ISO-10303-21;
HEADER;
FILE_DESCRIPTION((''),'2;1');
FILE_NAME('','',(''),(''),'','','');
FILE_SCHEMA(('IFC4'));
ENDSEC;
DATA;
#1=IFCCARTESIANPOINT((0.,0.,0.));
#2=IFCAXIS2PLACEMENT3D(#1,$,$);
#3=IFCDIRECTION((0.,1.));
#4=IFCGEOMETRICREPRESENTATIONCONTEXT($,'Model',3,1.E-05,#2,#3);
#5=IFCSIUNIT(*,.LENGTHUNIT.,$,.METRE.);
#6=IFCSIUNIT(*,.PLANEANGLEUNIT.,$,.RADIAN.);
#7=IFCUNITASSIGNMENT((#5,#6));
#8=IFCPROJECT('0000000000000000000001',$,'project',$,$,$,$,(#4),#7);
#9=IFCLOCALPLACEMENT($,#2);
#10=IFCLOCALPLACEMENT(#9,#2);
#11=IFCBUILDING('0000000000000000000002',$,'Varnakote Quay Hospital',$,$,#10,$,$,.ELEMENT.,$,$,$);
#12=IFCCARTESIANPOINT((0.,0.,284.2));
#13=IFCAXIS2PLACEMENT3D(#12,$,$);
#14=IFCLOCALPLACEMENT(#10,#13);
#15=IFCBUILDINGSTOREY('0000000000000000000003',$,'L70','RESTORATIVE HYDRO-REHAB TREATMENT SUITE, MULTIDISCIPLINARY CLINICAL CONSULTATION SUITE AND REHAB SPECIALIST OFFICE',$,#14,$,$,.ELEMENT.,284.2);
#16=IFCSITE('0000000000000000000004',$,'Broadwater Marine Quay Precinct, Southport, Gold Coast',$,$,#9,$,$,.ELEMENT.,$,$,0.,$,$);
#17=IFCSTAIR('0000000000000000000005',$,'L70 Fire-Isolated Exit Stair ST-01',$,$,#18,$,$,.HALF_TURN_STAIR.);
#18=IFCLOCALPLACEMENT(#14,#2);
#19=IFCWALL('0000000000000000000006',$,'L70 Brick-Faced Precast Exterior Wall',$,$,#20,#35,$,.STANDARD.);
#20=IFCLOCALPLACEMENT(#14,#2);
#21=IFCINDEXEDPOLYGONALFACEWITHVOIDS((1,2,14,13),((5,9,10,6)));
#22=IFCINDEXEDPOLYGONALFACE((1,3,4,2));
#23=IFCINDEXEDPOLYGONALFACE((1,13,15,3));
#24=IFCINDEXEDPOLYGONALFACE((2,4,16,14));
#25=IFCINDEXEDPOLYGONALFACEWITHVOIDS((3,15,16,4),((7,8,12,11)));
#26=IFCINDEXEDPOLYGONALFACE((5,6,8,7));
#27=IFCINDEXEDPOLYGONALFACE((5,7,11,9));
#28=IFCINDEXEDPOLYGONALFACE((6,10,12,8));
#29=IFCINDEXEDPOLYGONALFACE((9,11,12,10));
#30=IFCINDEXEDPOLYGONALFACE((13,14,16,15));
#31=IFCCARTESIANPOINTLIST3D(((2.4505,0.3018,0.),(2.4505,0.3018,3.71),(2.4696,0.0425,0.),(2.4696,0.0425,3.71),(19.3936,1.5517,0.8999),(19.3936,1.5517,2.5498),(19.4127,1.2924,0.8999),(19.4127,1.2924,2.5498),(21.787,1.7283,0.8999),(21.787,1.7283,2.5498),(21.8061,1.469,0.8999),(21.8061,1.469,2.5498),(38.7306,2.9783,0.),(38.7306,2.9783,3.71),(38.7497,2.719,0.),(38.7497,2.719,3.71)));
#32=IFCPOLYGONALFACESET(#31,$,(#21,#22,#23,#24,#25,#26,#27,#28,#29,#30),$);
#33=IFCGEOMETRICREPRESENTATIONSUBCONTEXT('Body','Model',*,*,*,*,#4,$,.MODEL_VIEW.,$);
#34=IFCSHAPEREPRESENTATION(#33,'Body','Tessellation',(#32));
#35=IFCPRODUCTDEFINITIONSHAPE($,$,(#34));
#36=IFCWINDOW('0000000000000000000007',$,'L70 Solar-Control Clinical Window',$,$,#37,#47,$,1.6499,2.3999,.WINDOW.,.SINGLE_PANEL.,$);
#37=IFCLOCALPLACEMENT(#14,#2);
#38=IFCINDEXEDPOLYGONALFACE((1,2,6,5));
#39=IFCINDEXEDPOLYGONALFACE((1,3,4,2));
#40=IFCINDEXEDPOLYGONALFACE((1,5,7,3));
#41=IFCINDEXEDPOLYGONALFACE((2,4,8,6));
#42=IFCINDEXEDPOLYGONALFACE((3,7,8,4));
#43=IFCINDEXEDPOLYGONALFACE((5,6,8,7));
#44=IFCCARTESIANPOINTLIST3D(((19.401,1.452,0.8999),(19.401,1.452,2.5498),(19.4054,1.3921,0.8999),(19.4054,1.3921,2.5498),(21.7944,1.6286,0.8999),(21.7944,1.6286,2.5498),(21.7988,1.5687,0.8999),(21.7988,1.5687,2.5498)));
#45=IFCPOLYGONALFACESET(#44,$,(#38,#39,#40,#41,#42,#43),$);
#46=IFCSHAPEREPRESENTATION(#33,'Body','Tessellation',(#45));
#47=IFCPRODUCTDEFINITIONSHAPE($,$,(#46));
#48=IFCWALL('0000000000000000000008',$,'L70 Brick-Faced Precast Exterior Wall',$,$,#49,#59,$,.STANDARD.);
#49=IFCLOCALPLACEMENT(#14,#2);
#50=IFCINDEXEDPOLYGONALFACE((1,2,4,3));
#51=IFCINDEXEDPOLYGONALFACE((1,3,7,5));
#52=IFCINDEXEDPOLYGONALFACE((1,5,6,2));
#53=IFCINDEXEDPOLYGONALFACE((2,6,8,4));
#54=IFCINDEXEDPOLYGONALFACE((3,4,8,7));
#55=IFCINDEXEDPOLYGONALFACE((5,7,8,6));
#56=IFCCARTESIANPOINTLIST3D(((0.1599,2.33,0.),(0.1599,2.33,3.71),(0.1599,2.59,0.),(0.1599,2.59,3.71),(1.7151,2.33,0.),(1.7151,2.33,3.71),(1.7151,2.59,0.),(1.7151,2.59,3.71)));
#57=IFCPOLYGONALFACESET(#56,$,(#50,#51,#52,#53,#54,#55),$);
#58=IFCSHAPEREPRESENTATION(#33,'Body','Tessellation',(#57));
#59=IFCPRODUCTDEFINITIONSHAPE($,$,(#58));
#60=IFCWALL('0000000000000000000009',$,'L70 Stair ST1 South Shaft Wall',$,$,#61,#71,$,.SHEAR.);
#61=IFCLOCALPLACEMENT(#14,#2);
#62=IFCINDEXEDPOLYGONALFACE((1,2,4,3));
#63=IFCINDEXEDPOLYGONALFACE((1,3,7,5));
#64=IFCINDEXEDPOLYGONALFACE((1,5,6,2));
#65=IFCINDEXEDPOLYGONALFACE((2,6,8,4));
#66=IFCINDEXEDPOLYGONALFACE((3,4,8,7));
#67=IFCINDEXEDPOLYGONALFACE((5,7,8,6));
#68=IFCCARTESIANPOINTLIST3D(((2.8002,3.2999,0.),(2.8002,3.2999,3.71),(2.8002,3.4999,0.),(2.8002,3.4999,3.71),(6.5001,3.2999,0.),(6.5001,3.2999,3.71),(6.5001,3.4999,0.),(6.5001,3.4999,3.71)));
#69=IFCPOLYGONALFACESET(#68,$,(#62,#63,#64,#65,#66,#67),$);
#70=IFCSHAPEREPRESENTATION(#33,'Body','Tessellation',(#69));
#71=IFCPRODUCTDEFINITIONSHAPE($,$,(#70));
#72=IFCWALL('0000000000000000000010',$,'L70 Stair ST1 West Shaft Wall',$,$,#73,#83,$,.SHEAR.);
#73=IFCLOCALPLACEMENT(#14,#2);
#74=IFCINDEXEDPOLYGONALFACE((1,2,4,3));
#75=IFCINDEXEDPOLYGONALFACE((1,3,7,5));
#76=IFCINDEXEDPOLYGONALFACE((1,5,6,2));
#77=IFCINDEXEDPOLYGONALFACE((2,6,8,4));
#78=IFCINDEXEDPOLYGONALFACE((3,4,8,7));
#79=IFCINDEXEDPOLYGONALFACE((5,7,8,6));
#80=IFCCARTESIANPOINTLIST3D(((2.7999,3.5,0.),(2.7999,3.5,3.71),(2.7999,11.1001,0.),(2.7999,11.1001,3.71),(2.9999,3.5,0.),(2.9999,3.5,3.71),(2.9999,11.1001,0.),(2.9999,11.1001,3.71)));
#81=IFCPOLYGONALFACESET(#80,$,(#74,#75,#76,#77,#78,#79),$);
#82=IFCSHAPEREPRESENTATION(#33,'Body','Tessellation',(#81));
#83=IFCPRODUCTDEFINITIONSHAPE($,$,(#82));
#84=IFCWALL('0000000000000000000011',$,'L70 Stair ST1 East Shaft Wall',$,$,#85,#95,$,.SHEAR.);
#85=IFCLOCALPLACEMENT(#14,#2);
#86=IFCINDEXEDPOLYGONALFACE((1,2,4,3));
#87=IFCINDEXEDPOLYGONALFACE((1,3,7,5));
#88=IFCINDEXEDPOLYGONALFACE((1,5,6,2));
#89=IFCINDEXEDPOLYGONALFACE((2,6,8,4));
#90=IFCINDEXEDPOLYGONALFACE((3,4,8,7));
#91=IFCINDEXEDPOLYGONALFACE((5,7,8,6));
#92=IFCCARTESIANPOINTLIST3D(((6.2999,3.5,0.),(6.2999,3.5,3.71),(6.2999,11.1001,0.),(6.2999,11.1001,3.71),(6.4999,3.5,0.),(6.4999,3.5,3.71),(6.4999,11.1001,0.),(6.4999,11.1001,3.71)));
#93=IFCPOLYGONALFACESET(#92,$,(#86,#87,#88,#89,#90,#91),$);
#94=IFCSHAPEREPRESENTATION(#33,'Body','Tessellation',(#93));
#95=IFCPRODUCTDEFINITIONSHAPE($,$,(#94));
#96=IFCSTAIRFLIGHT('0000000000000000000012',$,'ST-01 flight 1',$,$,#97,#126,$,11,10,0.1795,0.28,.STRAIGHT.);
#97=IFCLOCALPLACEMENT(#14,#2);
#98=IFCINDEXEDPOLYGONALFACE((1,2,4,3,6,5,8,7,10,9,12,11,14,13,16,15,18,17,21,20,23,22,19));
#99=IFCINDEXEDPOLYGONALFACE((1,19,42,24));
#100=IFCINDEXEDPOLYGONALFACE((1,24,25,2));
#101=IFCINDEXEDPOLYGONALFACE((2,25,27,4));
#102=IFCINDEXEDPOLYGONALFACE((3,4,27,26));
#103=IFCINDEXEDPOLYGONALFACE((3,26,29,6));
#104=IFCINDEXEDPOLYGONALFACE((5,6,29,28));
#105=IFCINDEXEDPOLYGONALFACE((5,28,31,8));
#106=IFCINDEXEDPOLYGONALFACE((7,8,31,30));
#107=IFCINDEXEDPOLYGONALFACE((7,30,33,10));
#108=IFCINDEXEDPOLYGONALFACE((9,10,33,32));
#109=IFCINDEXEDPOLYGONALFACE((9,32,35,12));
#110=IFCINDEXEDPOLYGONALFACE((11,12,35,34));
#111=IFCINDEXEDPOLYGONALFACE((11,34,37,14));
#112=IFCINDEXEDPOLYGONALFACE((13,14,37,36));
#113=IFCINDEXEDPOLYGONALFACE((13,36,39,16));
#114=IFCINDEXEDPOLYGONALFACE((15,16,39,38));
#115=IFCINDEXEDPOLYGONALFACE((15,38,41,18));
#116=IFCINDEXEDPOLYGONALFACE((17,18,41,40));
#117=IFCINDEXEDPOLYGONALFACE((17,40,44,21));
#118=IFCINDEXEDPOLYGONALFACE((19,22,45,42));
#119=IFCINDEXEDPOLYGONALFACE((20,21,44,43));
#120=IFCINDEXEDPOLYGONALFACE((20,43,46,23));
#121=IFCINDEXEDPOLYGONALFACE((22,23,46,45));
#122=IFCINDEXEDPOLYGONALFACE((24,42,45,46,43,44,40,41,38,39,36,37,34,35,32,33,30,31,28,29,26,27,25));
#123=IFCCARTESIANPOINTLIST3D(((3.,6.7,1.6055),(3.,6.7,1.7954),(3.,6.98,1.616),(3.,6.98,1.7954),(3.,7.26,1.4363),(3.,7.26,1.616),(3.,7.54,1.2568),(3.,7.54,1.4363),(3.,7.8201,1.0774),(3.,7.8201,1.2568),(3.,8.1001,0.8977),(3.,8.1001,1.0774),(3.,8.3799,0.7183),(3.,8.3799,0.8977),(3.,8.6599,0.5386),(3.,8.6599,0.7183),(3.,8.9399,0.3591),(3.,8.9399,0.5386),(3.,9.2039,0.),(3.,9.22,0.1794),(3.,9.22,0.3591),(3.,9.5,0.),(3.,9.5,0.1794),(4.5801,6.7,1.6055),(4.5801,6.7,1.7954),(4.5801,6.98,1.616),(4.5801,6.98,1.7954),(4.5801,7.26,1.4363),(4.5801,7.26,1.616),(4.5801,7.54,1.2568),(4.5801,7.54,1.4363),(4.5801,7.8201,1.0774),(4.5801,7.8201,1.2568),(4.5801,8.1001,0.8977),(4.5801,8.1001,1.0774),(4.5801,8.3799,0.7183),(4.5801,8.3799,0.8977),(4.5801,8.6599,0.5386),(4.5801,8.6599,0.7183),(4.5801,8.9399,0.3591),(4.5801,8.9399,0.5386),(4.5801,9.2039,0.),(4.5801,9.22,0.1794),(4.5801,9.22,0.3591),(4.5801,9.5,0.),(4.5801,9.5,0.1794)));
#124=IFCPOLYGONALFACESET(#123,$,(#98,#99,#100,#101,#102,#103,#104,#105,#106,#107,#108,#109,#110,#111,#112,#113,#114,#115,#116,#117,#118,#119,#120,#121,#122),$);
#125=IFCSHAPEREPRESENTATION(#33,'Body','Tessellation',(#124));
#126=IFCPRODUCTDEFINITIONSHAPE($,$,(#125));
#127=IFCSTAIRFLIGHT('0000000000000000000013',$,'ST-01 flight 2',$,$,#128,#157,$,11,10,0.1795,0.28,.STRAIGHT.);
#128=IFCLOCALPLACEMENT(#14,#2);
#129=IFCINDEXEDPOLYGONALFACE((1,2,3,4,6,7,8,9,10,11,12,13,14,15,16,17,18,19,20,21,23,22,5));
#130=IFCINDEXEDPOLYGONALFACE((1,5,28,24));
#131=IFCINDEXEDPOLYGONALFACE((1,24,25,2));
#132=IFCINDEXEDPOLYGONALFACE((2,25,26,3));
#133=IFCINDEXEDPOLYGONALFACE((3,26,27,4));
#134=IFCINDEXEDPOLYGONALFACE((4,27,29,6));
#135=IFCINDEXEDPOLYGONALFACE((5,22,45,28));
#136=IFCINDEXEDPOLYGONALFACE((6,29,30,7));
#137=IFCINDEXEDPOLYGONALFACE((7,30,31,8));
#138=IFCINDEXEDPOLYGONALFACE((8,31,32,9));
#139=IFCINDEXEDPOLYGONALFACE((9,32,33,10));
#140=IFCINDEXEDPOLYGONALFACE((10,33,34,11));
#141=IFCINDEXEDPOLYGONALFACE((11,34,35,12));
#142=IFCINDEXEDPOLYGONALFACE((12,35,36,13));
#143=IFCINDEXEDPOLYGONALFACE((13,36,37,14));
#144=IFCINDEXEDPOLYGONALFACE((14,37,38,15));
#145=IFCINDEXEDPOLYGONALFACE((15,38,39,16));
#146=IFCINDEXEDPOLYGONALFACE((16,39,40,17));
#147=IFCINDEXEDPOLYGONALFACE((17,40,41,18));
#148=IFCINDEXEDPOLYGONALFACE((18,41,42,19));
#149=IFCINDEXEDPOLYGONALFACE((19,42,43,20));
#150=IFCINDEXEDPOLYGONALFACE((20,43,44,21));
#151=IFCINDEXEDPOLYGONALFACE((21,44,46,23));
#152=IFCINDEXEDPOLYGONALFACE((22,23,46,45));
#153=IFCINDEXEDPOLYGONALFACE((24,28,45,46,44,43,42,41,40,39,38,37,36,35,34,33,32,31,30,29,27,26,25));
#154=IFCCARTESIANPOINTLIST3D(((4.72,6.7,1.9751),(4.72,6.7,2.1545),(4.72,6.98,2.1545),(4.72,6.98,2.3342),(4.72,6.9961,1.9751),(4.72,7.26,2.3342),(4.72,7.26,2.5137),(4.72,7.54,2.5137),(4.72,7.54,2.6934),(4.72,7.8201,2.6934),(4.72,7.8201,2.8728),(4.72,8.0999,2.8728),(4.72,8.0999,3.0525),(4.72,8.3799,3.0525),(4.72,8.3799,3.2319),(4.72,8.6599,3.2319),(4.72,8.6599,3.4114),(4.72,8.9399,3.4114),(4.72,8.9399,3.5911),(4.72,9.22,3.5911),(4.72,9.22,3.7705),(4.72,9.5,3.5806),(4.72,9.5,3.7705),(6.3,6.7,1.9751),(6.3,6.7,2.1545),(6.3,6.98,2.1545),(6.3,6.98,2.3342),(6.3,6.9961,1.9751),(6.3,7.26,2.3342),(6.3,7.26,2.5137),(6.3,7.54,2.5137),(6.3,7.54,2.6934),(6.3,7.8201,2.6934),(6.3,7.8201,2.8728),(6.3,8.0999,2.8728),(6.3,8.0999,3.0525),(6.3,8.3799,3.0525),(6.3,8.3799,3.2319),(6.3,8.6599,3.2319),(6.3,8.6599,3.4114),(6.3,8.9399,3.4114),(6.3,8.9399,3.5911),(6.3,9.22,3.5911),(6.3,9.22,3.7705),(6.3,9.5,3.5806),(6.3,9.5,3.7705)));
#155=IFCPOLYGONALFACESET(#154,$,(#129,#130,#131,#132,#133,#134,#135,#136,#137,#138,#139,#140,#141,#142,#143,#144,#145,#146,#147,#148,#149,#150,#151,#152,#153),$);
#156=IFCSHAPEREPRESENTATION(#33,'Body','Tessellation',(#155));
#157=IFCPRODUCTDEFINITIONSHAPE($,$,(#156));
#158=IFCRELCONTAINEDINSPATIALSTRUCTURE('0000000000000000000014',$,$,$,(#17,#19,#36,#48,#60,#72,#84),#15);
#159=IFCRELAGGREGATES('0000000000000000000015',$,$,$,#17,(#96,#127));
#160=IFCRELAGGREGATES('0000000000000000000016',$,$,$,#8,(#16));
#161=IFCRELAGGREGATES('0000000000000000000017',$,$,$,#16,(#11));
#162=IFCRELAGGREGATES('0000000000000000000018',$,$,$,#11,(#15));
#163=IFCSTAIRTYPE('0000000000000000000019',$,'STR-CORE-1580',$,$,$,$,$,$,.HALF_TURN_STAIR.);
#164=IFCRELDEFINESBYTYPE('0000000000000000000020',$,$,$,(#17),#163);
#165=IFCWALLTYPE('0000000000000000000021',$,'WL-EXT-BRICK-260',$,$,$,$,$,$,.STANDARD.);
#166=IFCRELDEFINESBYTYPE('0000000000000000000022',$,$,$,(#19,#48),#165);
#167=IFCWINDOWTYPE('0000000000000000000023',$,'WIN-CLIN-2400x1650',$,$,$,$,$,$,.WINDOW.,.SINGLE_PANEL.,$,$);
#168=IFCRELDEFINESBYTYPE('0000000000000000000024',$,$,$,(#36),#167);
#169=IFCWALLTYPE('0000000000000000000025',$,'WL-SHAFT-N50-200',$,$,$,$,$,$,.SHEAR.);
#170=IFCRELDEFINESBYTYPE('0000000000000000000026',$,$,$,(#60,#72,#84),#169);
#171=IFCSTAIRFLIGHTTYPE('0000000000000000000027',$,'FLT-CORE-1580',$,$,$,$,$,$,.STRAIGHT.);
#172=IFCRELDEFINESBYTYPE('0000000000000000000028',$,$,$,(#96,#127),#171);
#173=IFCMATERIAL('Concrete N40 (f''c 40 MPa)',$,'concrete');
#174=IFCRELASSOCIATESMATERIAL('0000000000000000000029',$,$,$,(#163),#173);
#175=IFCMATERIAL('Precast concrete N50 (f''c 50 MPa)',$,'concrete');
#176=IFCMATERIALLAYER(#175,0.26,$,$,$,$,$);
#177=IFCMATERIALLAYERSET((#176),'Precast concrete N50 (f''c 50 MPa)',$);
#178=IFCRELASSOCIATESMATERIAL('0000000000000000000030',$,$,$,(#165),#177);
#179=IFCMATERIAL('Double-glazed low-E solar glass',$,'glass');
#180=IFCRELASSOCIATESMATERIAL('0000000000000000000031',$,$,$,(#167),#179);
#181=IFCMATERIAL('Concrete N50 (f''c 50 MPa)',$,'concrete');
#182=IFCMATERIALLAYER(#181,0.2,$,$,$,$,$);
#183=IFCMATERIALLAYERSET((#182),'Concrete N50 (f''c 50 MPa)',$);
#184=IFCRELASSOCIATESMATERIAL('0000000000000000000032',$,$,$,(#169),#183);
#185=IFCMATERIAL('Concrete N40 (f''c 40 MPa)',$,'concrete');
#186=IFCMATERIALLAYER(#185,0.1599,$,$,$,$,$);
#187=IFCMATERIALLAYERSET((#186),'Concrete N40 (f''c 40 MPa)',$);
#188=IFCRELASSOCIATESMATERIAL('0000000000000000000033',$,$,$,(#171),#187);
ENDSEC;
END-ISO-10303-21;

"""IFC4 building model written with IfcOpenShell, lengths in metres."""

from ifc_helpers import new_model, si_unit, direction, frame, frame_2d, origin, place, context, subcontext, project, spatial, polyline, rectangle, outline, extrude, material, layer, layer_set, type_object, element, fill, aggregate, save


model = new_model("IFC4")

# Units and contexts
model_context = context("Model", 3, precision=1e-05, world=origin(), true_north=direction((0.0, 1.0)))
body_context = subcontext(model_context, "Body", "Model", "MODEL_VIEW")
ifc_project = project(units=[si_unit("LENGTHUNIT", "METRE"), si_unit("PLANEANGLEUNIT", "RADIAN")], contexts=[model_context])

# Site, building, storey
site_placement = place(None, origin())
site = spatial("IfcSite", under=ifc_project, at=site_placement, Name="Broadwater Marine Quay Precinct, Southport, Gold Coast", CompositionType="ELEMENT", RefElevation=0.0)
building_placement = place(site_placement, origin())
building = spatial("IfcBuilding", under=site, at=building_placement, Name="Varnakote Quay Hospital", CompositionType="ELEMENT")
storey_placement = place(building_placement, frame((0.0, 0.0, 284.2)))
storey = spatial("IfcBuildingStorey", under=building, at=storey_placement, Name="L70", Description="RESTORATIVE HYDRO-REHAB TREATMENT SUITE, MULTIDISCIPLINARY CLINICAL CONSULTATION SUITE AND REHAB SPECIALIST OFFICE", CompositionType="ELEMENT", Elevation=284.2)

# Stair
ifc_material_1 = material(Name="Concrete N40 (f'c 40 MPa)", Category="concrete")
stair_type = type_object("IfcStairType", Name="STR-CORE-1580", PredefinedType="HALF_TURN_STAIR", material=ifc_material_1)
stair_1_placement = place(storey_placement, origin())
stair_1 = element("IfcStair", 1, at=stair_1_placement, inside=storey, type_object=stair_type, Name="L70 Fire-Isolated Exit Stair ST-01", PredefinedType="HALF_TURN_STAIR")

# Shared definitions
ifc_material_2 = material(Name="Precast concrete N50 (f'c 50 MPa)", Category="concrete")
ifc_layer_1 = layer(ifc_material_2, 0.26)
ifc_layer_set_1 = layer_set([ifc_layer_1], Name="Precast concrete N50 (f'c 50 MPa)")
wall_type_1 = type_object("IfcWallType", Name="WL-EXT-BRICK-260", PredefinedType="STANDARD", material=ifc_layer_set_1)

# Wall, opening, window
wall_1_placement = place(storey_placement, frame((2.46, 0.1721, 0.0), z_axis=(0.0, 0.0, 1.0), x_axis=(0.99729, 0.073574, 0.0)))
wall_1 = element("IfcWall", 2, at=wall_1_placement, inside=storey, type_object=wall_type_1, Name="L70 Brick-Faced Precast Exterior Wall", PredefinedType="STANDARD", context=body_context, shape_type="SweptSolid", body=[
    extrude(rectangle(XDim=36.3787, YDim=0.26, at=frame_2d((18.1895, 0.0))), origin(), (0.0, 0.0, 1.0), 3.71),
])
opening_1_placement = place(wall_1_placement, frame((16.9893, 0.0, 0.8999)))
opening_1 = element("IfcOpeningElement", 3, at=opening_1_placement, cuts=wall_1, PredefinedType="OPENING", context=body_context, shape_type="SweptSolid", body=[
    extrude(rectangle(XDim=2.3999, YDim=1.6499, at=frame_2d((1.2, 0.825))), frame((0.0, 0.1399, 0.0), z_axis=(0.0, -1.0, 0.0), x_axis=(1.0, 0.0, 0.0)), (0.0, 0.0, 1.0), 0.28),
])
ifc_material_3 = material(Name="Double-glazed low-E solar glass", Category="glass")
window_type = type_object("IfcWindowType", Name="WIN-CLIN-2400x1650", PartitioningType="SINGLE_PANEL", PredefinedType="WINDOW", material=ifc_material_3)
window_placement = place(opening_1_placement, origin())
window = element("IfcWindow", 4, at=window_placement, inside=storey, type_object=window_type, Name="L70 Solar-Control Clinical Window", OverallHeight=1.6499, OverallWidth=2.3999, PartitioningType="SINGLE_PANEL", PredefinedType="WINDOW", context=body_context, shape_type="SweptSolid", body=[
    extrude(rectangle(XDim=2.3999, YDim=1.6499, at=frame_2d((1.2, 0.825))), frame((0.0, 0.03, 0.0), z_axis=(0.0, -1.0, 0.0), x_axis=(1.0, 0.0, 0.0)), (0.0, 0.0, 1.0), 0.0601),
])
fill(opening_1, window)

# Walls
wall_2_placement = place(storey_placement, frame((0.1599, 2.46, 0.0), z_axis=(0.0, 0.0, 1.0), x_axis=(1.0, 0.0, 0.0)))
element("IfcWall", 5, at=wall_2_placement, inside=storey, type_object=wall_type_1, Name="L70 Brick-Faced Precast Exterior Wall", PredefinedType="STANDARD", context=body_context, shape_type="SweptSolid", body=[
    extrude(rectangle(XDim=1.5552, YDim=0.26, at=frame_2d((0.7776, 0.0))), origin(), (0.0, 0.0, 1.0), 3.71),
])
ifc_material_4 = material(Name="Concrete N50 (f'c 50 MPa)", Category="concrete")
ifc_layer_2 = layer(ifc_material_4, 0.2)
ifc_layer_set_2 = layer_set([ifc_layer_2], Name="Concrete N50 (f'c 50 MPa)")
wall_type_2 = type_object("IfcWallType", Name="WL-SHAFT-N50-200", PredefinedType="SHEAR", material=ifc_layer_set_2)
wall_3_placement = place(storey_placement, frame((2.8, 3.3999, 0.0), z_axis=(0.0, 0.0, 1.0), x_axis=(1.0, 0.0, 0.0)))
element("IfcWall", 6, at=wall_3_placement, inside=storey, type_object=wall_type_2, Name="L70 Stair ST1 South Shaft Wall", PredefinedType="SHEAR", context=body_context, shape_type="SweptSolid", body=[
    extrude(rectangle(XDim=3.7, YDim=0.2, at=frame_2d((1.8501, 0.0))), origin(), (0.0, 0.0, 1.0), 3.71),
])
for number, where, z_axis, x_axis, name in (
    (7, (2.8999, 3.5, 0.0), (0.0, 0.0, 1.0), (0.0, 1.0, 0.0), "L70 Stair ST1 West Shaft Wall"),
    (8, (6.3999, 3.5, 0.0), (0.0, 0.0, 1.0), (0.0, 1.0, 0.0), "L70 Stair ST1 East Shaft Wall"),
):
    element("IfcWall", number, at=place(storey_placement, frame(where, z_axis=z_axis, x_axis=x_axis)), inside=storey, type_object=wall_type_2, Name=name, PredefinedType="SHEAR", context=body_context, shape_type="SweptSolid", body=[
        extrude(rectangle(XDim=7.6001, YDim=0.2, at=frame_2d((3.8, 0.0))), origin(), (0.0, 0.0, 1.0), 3.71),
    ])

# Stair flights
ifc_material_5 = material(Name="Concrete N40 (f'c 40 MPa)", Category="concrete")
ifc_layer_3 = layer(ifc_material_5, 0.1599)
ifc_layer_set_3 = layer_set([ifc_layer_3], Name="Concrete N40 (f'c 40 MPa)")
stair_flight_type = type_object("IfcStairFlightType", Name="FLT-CORE-1580", PredefinedType="STRAIGHT", material=ifc_layer_set_3)
stair_flight_1_placement = place(storey_placement, frame((3.79, 9.5, 0.0), z_axis=(0.0, 0.0, 1.0), x_axis=(0.0, -1.0, 0.0)))
stair_flight_1 = element("IfcStairFlight", 9, at=stair_flight_1_placement, type_object=stair_flight_type, Name="ST-01 flight 1", NumberOfRisers=11, NumberOfTreads=10, PredefinedType="STRAIGHT", RiserHeight=0.1795, TreadLength=0.28, context=body_context, shape_type="SweptSolid", body=[
    extrude(outline(polyline([(0.0, 0.0), (0.0, 0.1794), (0.28, 0.1794), (0.28, 0.3591), (0.5601, 0.3591), (0.5601, 0.5386), (0.8401, 0.5386), (0.8401, 0.7183), (1.1201, 0.7183), (1.1201, 0.8977), (1.3999, 0.8977), (1.3999, 1.0774), (1.6799, 1.0774), (1.6799, 1.2568), (1.96, 1.2568), (1.96, 1.4363), (2.24, 1.4363), (2.24, 1.616), (2.52, 1.616), (2.52, 1.7954), (2.8, 1.7954), (2.8, 1.9751), (2.8, 1.6055), (0.2961, 0.0), (0.0, 0.0)])), frame((0.0, 0.79, 0.0), z_axis=(0.0, -1.0, 0.0), x_axis=(1.0, 0.0, 0.0)), (0.0, 0.0, 1.0), 1.5801),
])
stair_flight_2_placement = place(storey_placement, frame((5.51, 6.7, 1.9751), z_axis=(0.0, 0.0, 1.0), x_axis=(0.0, 1.0, 0.0)))
stair_flight_2 = element("IfcStairFlight", 10, at=stair_flight_2_placement, type_object=stair_flight_type, Name="ST-01 flight 2", NumberOfRisers=11, NumberOfTreads=10, PredefinedType="STRAIGHT", RiserHeight=0.1795, TreadLength=0.28, context=body_context, shape_type="SweptSolid", body=[
    extrude(outline(polyline([(0.0, 0.0), (0.0, 0.1794), (0.28, 0.1794), (0.28, 0.3591), (0.5601, 0.3591), (0.5601, 0.5386), (0.8401, 0.5386), (0.8401, 0.7183), (1.1201, 0.7183), (1.1201, 0.8977), (1.3999, 0.8977), (1.3999, 1.0774), (1.6799, 1.0774), (1.6799, 1.2568), (1.96, 1.2568), (1.96, 1.4363), (2.24, 1.4363), (2.24, 1.616), (2.52, 1.616), (2.52, 1.7954), (2.8, 1.7954), (2.8, 1.9751), (2.8, 1.6055), (0.2961, 0.0), (0.0, 0.0)])), frame((0.0, 0.79, 0.0), z_axis=(0.0, -1.0, 0.0), x_axis=(1.0, 0.0, 0.0)), (0.0, 0.0, 1.0), 1.5801),
])
aggregate(stair_1, [stair_flight_1, stair_flight_2])

save(model, "model.ifc")
